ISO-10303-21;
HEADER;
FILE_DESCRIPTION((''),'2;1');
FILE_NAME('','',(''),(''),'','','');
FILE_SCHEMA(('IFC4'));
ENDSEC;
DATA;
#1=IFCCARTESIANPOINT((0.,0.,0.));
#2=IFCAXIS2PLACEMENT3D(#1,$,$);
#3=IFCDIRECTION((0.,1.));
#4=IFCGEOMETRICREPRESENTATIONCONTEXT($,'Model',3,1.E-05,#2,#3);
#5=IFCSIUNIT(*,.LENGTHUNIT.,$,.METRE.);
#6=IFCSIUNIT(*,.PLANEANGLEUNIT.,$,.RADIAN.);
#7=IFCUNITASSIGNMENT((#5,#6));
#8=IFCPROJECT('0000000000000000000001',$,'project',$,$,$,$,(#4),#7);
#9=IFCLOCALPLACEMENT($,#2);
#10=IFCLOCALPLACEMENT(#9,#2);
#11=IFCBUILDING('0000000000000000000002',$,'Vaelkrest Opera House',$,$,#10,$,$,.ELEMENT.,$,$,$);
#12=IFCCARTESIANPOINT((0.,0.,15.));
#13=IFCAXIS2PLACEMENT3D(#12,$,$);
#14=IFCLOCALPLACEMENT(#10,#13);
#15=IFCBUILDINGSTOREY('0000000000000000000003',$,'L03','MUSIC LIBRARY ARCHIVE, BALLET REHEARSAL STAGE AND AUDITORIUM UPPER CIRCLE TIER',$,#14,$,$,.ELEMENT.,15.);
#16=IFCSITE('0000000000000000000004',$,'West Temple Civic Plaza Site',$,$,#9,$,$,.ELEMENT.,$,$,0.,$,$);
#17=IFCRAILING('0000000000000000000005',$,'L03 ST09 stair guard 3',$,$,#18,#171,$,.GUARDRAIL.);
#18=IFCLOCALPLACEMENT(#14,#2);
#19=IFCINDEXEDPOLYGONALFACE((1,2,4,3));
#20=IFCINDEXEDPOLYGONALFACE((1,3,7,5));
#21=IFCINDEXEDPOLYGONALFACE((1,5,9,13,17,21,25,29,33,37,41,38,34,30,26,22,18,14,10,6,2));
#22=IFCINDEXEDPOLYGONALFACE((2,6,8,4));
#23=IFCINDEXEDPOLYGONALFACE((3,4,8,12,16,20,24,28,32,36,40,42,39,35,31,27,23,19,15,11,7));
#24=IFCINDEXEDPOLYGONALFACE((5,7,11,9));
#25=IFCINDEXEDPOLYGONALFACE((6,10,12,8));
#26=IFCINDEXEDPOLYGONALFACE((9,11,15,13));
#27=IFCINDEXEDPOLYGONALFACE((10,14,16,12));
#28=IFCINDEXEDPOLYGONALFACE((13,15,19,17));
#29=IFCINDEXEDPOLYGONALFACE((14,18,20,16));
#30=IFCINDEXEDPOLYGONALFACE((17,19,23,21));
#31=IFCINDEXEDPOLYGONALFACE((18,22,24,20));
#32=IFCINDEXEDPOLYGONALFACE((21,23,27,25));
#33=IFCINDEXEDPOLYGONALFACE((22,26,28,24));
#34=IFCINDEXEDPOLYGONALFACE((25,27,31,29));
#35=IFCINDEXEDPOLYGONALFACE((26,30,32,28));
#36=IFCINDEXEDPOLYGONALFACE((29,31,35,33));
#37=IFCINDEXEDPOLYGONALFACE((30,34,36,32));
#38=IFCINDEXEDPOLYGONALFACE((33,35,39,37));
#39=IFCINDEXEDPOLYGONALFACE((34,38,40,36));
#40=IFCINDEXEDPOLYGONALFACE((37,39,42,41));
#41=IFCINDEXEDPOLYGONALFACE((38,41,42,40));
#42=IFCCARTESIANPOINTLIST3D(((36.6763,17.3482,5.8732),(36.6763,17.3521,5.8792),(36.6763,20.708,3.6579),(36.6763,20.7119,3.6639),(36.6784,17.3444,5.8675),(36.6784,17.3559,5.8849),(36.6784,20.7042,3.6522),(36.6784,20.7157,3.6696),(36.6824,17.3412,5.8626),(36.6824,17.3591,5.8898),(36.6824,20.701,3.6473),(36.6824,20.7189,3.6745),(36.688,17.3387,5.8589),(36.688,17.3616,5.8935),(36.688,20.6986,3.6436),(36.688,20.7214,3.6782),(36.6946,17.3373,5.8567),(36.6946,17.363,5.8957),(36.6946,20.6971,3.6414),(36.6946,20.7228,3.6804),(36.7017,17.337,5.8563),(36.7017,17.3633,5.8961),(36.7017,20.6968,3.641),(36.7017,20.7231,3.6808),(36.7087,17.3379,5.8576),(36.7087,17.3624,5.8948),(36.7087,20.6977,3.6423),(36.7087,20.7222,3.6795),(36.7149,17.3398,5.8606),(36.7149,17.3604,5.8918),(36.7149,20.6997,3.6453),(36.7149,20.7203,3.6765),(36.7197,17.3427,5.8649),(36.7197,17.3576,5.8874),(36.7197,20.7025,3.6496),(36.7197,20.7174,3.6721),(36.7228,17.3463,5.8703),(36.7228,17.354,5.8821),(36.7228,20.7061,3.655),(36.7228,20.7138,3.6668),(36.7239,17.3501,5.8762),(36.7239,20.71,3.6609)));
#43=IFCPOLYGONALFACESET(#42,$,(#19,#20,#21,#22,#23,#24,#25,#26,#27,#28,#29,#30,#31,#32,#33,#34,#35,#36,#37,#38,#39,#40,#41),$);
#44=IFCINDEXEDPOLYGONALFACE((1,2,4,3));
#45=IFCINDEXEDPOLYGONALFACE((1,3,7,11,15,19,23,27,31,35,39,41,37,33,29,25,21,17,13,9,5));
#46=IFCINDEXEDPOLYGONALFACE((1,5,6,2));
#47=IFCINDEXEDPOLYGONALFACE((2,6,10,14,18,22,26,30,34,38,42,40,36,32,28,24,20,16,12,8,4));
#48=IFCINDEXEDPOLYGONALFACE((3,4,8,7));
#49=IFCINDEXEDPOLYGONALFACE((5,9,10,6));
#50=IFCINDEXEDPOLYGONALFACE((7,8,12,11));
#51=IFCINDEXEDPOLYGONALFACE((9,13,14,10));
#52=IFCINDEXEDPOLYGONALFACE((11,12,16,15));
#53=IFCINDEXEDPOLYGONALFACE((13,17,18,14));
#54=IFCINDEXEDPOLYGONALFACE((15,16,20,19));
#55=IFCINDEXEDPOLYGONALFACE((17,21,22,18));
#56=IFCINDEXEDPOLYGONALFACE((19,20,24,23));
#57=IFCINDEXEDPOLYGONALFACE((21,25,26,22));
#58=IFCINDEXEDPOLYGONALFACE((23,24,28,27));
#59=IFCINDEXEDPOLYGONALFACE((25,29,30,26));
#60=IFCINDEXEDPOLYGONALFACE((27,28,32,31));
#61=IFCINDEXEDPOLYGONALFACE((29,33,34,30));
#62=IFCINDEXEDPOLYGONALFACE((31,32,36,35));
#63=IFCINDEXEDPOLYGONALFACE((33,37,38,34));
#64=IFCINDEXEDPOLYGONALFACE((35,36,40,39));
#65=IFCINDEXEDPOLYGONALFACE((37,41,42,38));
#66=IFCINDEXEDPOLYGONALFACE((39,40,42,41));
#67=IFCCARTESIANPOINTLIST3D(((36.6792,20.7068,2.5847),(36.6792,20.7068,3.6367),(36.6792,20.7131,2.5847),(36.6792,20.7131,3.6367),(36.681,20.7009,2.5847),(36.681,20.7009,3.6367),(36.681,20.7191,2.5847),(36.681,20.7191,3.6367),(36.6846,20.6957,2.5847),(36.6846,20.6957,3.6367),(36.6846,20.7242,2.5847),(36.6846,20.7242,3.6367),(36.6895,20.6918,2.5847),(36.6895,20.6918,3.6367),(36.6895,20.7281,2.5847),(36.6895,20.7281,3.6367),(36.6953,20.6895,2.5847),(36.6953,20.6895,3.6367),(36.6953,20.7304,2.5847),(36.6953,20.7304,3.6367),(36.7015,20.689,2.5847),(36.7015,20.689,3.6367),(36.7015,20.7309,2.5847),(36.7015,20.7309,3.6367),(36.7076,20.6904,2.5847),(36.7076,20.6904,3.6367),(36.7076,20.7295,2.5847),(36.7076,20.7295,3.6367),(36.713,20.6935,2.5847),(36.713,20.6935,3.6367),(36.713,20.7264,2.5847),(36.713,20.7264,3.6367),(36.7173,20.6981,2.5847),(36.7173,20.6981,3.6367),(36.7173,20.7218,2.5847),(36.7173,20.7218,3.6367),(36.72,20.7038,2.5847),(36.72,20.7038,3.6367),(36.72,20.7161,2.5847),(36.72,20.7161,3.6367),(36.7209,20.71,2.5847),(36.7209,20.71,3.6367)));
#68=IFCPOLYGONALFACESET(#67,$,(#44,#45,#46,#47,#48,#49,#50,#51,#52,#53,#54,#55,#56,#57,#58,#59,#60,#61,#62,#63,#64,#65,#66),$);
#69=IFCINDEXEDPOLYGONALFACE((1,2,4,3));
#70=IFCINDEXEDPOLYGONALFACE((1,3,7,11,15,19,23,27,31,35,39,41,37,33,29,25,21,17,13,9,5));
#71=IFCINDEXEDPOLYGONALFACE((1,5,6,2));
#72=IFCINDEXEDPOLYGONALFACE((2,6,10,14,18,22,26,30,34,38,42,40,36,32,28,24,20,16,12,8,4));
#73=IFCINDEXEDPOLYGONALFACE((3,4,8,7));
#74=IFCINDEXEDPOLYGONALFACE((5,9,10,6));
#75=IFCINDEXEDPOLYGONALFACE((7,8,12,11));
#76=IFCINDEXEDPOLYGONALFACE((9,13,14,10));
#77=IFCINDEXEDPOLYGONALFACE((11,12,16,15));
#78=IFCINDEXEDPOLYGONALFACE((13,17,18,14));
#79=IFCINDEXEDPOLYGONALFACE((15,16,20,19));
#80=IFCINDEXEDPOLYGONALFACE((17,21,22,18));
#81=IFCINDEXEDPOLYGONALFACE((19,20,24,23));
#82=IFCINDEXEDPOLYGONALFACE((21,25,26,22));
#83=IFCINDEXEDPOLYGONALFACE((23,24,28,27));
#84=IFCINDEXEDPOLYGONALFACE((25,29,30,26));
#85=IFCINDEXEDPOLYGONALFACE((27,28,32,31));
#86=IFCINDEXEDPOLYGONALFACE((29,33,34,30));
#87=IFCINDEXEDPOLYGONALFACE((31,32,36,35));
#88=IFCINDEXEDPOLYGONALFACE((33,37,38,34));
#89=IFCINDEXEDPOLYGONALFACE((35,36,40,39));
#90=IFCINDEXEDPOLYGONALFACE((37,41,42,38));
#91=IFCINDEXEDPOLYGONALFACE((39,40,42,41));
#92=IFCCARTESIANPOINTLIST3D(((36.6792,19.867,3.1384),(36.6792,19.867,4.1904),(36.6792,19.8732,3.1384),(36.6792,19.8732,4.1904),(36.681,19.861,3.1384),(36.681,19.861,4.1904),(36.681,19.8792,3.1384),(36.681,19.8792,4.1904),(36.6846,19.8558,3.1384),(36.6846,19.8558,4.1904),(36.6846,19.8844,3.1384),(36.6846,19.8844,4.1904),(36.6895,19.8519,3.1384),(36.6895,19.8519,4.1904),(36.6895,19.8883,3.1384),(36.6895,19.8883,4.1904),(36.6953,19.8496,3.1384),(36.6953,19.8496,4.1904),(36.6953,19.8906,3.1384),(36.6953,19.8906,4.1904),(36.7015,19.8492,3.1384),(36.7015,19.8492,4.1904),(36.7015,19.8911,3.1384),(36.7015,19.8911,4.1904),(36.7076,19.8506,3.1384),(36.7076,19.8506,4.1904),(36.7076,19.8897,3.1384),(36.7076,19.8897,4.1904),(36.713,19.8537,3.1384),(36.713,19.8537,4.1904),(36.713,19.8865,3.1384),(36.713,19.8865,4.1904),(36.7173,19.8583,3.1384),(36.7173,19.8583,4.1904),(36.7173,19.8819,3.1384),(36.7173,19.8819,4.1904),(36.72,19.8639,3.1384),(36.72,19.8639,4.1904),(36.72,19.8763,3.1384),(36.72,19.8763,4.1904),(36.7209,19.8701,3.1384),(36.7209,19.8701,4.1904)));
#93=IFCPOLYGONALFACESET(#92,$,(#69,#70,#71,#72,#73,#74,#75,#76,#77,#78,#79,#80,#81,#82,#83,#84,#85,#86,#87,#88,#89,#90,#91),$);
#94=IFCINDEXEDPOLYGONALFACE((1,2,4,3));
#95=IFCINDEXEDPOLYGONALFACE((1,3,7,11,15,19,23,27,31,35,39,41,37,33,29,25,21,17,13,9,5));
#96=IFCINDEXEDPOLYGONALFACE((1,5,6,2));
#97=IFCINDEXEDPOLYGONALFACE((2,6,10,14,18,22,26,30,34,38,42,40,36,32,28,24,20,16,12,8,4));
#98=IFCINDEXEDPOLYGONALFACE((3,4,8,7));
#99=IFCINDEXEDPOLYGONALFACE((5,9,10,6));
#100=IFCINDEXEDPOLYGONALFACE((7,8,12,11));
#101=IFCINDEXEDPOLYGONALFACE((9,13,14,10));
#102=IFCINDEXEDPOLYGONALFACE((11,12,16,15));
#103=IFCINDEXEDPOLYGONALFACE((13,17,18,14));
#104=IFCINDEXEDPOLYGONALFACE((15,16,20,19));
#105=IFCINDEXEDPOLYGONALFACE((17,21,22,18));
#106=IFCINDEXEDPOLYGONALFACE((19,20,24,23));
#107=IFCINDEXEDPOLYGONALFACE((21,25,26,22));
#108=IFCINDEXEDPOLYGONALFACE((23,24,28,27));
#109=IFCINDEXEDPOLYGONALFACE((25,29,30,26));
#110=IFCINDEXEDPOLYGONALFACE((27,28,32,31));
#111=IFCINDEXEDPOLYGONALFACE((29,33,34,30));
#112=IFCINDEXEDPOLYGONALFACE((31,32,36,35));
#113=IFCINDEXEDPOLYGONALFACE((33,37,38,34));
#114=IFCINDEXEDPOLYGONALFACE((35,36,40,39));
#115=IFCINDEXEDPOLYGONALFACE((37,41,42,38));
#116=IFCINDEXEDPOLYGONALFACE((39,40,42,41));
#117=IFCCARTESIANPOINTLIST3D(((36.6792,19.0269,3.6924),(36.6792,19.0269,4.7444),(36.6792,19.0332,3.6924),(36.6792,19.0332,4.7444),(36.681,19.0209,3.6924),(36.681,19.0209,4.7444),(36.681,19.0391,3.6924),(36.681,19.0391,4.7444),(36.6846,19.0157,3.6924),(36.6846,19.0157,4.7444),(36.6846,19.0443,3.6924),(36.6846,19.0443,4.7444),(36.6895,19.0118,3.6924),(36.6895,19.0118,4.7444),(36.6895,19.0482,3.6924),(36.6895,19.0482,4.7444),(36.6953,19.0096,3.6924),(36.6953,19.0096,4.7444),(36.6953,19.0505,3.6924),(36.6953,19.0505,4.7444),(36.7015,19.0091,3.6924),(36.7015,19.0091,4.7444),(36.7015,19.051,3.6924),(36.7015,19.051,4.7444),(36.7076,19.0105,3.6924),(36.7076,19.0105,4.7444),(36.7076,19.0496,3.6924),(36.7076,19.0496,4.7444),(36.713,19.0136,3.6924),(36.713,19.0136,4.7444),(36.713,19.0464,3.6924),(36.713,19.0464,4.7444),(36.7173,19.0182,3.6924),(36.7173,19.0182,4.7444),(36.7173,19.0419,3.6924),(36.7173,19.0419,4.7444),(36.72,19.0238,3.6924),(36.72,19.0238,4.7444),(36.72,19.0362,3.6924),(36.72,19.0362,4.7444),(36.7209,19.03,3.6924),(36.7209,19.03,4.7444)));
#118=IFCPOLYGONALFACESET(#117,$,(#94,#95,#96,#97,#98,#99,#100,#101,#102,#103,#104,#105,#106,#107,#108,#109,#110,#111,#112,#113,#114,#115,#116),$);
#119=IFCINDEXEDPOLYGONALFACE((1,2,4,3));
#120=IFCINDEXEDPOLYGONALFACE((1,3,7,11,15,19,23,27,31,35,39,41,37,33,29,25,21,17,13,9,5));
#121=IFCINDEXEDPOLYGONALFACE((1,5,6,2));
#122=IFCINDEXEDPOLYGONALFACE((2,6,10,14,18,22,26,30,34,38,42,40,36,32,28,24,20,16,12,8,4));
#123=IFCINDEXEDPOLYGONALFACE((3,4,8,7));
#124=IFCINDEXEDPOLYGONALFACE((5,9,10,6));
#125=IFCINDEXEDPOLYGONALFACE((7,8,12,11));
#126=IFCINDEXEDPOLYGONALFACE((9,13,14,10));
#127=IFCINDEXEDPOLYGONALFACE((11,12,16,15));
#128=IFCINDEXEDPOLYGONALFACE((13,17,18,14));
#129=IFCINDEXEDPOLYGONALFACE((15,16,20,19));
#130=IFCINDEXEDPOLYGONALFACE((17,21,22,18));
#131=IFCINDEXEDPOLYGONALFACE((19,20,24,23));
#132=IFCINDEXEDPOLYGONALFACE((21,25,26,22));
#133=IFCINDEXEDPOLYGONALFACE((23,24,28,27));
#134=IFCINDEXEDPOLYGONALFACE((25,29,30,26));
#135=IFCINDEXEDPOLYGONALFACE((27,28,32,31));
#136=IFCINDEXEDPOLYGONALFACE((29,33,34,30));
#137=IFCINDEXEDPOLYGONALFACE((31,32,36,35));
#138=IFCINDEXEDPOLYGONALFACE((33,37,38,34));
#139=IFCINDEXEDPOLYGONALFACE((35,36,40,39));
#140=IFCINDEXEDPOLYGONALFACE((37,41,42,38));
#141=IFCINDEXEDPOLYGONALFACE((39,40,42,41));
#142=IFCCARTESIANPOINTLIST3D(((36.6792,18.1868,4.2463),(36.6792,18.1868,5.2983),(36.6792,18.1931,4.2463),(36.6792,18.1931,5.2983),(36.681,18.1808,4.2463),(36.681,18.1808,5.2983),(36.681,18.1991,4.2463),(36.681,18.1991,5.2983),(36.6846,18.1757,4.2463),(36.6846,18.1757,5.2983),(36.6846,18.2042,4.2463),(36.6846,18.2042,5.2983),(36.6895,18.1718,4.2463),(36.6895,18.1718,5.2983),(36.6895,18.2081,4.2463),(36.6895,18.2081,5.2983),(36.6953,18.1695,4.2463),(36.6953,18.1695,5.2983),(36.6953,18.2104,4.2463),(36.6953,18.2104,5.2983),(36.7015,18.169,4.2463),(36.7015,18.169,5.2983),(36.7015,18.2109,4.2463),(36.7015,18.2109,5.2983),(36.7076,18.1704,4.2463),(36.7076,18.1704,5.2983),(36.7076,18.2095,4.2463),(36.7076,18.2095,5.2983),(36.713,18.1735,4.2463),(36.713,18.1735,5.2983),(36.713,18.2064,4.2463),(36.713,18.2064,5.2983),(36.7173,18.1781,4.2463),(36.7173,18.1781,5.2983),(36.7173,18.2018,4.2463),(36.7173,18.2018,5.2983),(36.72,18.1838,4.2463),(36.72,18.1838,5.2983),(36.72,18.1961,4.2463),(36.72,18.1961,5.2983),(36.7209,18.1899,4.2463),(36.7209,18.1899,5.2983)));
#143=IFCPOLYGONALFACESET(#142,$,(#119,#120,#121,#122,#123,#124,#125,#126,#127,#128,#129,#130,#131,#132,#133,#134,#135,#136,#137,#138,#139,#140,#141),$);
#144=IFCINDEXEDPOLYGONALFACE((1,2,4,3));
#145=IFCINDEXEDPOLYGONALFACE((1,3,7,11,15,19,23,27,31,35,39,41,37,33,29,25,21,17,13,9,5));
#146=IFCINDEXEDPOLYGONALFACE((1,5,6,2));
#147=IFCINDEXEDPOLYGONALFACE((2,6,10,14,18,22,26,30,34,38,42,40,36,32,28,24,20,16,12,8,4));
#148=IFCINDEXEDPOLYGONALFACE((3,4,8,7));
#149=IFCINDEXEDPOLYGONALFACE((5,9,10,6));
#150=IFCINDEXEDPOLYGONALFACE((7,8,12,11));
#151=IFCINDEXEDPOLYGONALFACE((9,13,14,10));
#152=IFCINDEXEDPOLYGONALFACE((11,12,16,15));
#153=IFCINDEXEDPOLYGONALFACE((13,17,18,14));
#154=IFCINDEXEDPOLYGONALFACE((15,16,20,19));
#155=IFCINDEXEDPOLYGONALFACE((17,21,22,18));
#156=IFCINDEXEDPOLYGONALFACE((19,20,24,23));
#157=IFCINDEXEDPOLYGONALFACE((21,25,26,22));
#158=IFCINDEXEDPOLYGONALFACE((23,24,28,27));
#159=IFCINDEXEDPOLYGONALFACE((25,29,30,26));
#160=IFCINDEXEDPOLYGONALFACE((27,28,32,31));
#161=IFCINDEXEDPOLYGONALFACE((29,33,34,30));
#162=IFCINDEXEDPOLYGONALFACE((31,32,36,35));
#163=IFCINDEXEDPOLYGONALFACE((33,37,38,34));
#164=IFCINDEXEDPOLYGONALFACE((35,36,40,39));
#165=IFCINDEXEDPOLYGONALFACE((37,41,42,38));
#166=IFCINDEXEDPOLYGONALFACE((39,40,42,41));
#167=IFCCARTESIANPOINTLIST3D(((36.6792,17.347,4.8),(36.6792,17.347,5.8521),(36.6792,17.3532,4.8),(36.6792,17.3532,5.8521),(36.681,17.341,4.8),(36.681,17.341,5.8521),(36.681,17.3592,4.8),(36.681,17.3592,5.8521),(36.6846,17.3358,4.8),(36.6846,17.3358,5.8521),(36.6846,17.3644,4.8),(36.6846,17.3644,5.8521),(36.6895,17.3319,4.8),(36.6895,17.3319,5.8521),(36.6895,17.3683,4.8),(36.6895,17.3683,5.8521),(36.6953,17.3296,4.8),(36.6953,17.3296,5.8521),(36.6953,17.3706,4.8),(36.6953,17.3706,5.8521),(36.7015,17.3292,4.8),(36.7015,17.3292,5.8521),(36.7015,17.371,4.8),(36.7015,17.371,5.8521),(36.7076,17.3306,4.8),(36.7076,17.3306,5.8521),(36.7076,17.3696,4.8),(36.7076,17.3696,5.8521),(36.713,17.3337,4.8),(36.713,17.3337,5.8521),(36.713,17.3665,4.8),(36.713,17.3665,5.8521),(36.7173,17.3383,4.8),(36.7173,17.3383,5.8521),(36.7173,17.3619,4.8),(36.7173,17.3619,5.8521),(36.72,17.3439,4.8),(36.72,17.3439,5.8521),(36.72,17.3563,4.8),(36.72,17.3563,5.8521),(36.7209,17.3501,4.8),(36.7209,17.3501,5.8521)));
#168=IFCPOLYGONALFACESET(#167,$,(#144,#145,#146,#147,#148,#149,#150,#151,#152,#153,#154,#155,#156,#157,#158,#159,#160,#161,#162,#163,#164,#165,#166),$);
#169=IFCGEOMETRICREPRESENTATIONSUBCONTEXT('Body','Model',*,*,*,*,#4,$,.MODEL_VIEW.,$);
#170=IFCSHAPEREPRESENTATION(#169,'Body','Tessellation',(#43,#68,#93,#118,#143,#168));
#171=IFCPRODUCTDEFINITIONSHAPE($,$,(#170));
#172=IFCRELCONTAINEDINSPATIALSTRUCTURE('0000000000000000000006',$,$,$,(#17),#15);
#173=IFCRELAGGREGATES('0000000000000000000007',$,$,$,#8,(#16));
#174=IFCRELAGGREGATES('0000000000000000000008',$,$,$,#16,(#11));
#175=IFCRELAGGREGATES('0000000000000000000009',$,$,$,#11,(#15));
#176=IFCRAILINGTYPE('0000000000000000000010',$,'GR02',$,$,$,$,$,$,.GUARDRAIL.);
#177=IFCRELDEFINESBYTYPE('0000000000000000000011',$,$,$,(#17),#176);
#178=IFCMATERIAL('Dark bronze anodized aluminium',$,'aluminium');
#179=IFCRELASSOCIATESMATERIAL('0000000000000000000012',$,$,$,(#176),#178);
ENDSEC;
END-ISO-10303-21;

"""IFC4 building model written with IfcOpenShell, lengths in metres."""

from ifc_helpers import new_model, si_unit, direction, frame, origin, origin_2d, place, context, subcontext, project, spatial, circle, extrude, material, type_object, element, save


model = new_model("IFC4")

# Units and contexts
model_context = context("Model", 3, precision=1e-05, world=origin(), true_north=direction((0.0, 1.0)))
body_context = subcontext(model_context, "Body", "Model", "MODEL_VIEW")
ifc_project = project(units=[si_unit("LENGTHUNIT", "METRE"), si_unit("PLANEANGLEUNIT", "RADIAN")], contexts=[model_context])

# Site, building, storey
site_placement = place(None, origin())
site = spatial("IfcSite", under=ifc_project, at=site_placement, Name="West Temple Civic Plaza Site", CompositionType="ELEMENT", RefElevation=0.0)
building_placement = place(site_placement, origin())
building = spatial("IfcBuilding", under=site, at=building_placement, Name="Vaelkrest Opera House", CompositionType="ELEMENT")
storey_placement = place(building_placement, frame((0.0, 0.0, 15.0)))
storey = spatial("IfcBuildingStorey", under=building, at=storey_placement, Name="L03", Description="MUSIC LIBRARY ARCHIVE, BALLET REHEARSAL STAGE AND AUDITORIUM UPPER CIRCLE TIER", CompositionType="ELEMENT", Elevation=15.0)

# Railing
ifc_material_1 = material(Name="Dark bronze anodized aluminium", Category="aluminium")
railing_type_1 = type_object("IfcRailingType", Name="GR02", PredefinedType="GUARDRAIL", material=ifc_material_1)
railing_1_placement = place(storey_placement, frame((36.7, 20.71, 2.5847)))
element("IfcRailing", 1, at=railing_1_placement, inside=storey, type_object=railing_type_1, Name="L03 ST09 stair guard 3", PredefinedType="GUARDRAIL", context=body_context, shape_type="SweptSolid", body=[
    extrude(circle(Radius=0.0239, at=origin_2d()), frame((0.0, 0.0, 1.0762), z_axis=(0.0, -0.834858, 0.550465), x_axis=(1.0, 0.0, 0.0)), (0.0, 0.0, 1.0), 4.0244),
    extrude(circle(Radius=0.021, at=origin_2d()), origin(), (0.0, 0.0, 1.0), 1.052),
    extrude(circle(Radius=0.021, at=origin_2d()), frame((0.0, -0.8398, 0.5537)), (0.0, 0.0, 1.0), 1.052),
    extrude(circle(Radius=0.021, at=origin_2d()), frame((0.0, -1.6799, 1.1077)), (0.0, 0.0, 1.0), 1.052),
    extrude(circle(Radius=0.021, at=origin_2d()), frame((0.0, -2.52, 1.6616)), (0.0, 0.0, 1.0), 1.052),
    extrude(circle(Radius=0.021, at=origin_2d()), frame((0.0, -3.3599, 2.2153)), (0.0, 0.0, 1.0), 1.052),
])

save(model, "model.ifc")
